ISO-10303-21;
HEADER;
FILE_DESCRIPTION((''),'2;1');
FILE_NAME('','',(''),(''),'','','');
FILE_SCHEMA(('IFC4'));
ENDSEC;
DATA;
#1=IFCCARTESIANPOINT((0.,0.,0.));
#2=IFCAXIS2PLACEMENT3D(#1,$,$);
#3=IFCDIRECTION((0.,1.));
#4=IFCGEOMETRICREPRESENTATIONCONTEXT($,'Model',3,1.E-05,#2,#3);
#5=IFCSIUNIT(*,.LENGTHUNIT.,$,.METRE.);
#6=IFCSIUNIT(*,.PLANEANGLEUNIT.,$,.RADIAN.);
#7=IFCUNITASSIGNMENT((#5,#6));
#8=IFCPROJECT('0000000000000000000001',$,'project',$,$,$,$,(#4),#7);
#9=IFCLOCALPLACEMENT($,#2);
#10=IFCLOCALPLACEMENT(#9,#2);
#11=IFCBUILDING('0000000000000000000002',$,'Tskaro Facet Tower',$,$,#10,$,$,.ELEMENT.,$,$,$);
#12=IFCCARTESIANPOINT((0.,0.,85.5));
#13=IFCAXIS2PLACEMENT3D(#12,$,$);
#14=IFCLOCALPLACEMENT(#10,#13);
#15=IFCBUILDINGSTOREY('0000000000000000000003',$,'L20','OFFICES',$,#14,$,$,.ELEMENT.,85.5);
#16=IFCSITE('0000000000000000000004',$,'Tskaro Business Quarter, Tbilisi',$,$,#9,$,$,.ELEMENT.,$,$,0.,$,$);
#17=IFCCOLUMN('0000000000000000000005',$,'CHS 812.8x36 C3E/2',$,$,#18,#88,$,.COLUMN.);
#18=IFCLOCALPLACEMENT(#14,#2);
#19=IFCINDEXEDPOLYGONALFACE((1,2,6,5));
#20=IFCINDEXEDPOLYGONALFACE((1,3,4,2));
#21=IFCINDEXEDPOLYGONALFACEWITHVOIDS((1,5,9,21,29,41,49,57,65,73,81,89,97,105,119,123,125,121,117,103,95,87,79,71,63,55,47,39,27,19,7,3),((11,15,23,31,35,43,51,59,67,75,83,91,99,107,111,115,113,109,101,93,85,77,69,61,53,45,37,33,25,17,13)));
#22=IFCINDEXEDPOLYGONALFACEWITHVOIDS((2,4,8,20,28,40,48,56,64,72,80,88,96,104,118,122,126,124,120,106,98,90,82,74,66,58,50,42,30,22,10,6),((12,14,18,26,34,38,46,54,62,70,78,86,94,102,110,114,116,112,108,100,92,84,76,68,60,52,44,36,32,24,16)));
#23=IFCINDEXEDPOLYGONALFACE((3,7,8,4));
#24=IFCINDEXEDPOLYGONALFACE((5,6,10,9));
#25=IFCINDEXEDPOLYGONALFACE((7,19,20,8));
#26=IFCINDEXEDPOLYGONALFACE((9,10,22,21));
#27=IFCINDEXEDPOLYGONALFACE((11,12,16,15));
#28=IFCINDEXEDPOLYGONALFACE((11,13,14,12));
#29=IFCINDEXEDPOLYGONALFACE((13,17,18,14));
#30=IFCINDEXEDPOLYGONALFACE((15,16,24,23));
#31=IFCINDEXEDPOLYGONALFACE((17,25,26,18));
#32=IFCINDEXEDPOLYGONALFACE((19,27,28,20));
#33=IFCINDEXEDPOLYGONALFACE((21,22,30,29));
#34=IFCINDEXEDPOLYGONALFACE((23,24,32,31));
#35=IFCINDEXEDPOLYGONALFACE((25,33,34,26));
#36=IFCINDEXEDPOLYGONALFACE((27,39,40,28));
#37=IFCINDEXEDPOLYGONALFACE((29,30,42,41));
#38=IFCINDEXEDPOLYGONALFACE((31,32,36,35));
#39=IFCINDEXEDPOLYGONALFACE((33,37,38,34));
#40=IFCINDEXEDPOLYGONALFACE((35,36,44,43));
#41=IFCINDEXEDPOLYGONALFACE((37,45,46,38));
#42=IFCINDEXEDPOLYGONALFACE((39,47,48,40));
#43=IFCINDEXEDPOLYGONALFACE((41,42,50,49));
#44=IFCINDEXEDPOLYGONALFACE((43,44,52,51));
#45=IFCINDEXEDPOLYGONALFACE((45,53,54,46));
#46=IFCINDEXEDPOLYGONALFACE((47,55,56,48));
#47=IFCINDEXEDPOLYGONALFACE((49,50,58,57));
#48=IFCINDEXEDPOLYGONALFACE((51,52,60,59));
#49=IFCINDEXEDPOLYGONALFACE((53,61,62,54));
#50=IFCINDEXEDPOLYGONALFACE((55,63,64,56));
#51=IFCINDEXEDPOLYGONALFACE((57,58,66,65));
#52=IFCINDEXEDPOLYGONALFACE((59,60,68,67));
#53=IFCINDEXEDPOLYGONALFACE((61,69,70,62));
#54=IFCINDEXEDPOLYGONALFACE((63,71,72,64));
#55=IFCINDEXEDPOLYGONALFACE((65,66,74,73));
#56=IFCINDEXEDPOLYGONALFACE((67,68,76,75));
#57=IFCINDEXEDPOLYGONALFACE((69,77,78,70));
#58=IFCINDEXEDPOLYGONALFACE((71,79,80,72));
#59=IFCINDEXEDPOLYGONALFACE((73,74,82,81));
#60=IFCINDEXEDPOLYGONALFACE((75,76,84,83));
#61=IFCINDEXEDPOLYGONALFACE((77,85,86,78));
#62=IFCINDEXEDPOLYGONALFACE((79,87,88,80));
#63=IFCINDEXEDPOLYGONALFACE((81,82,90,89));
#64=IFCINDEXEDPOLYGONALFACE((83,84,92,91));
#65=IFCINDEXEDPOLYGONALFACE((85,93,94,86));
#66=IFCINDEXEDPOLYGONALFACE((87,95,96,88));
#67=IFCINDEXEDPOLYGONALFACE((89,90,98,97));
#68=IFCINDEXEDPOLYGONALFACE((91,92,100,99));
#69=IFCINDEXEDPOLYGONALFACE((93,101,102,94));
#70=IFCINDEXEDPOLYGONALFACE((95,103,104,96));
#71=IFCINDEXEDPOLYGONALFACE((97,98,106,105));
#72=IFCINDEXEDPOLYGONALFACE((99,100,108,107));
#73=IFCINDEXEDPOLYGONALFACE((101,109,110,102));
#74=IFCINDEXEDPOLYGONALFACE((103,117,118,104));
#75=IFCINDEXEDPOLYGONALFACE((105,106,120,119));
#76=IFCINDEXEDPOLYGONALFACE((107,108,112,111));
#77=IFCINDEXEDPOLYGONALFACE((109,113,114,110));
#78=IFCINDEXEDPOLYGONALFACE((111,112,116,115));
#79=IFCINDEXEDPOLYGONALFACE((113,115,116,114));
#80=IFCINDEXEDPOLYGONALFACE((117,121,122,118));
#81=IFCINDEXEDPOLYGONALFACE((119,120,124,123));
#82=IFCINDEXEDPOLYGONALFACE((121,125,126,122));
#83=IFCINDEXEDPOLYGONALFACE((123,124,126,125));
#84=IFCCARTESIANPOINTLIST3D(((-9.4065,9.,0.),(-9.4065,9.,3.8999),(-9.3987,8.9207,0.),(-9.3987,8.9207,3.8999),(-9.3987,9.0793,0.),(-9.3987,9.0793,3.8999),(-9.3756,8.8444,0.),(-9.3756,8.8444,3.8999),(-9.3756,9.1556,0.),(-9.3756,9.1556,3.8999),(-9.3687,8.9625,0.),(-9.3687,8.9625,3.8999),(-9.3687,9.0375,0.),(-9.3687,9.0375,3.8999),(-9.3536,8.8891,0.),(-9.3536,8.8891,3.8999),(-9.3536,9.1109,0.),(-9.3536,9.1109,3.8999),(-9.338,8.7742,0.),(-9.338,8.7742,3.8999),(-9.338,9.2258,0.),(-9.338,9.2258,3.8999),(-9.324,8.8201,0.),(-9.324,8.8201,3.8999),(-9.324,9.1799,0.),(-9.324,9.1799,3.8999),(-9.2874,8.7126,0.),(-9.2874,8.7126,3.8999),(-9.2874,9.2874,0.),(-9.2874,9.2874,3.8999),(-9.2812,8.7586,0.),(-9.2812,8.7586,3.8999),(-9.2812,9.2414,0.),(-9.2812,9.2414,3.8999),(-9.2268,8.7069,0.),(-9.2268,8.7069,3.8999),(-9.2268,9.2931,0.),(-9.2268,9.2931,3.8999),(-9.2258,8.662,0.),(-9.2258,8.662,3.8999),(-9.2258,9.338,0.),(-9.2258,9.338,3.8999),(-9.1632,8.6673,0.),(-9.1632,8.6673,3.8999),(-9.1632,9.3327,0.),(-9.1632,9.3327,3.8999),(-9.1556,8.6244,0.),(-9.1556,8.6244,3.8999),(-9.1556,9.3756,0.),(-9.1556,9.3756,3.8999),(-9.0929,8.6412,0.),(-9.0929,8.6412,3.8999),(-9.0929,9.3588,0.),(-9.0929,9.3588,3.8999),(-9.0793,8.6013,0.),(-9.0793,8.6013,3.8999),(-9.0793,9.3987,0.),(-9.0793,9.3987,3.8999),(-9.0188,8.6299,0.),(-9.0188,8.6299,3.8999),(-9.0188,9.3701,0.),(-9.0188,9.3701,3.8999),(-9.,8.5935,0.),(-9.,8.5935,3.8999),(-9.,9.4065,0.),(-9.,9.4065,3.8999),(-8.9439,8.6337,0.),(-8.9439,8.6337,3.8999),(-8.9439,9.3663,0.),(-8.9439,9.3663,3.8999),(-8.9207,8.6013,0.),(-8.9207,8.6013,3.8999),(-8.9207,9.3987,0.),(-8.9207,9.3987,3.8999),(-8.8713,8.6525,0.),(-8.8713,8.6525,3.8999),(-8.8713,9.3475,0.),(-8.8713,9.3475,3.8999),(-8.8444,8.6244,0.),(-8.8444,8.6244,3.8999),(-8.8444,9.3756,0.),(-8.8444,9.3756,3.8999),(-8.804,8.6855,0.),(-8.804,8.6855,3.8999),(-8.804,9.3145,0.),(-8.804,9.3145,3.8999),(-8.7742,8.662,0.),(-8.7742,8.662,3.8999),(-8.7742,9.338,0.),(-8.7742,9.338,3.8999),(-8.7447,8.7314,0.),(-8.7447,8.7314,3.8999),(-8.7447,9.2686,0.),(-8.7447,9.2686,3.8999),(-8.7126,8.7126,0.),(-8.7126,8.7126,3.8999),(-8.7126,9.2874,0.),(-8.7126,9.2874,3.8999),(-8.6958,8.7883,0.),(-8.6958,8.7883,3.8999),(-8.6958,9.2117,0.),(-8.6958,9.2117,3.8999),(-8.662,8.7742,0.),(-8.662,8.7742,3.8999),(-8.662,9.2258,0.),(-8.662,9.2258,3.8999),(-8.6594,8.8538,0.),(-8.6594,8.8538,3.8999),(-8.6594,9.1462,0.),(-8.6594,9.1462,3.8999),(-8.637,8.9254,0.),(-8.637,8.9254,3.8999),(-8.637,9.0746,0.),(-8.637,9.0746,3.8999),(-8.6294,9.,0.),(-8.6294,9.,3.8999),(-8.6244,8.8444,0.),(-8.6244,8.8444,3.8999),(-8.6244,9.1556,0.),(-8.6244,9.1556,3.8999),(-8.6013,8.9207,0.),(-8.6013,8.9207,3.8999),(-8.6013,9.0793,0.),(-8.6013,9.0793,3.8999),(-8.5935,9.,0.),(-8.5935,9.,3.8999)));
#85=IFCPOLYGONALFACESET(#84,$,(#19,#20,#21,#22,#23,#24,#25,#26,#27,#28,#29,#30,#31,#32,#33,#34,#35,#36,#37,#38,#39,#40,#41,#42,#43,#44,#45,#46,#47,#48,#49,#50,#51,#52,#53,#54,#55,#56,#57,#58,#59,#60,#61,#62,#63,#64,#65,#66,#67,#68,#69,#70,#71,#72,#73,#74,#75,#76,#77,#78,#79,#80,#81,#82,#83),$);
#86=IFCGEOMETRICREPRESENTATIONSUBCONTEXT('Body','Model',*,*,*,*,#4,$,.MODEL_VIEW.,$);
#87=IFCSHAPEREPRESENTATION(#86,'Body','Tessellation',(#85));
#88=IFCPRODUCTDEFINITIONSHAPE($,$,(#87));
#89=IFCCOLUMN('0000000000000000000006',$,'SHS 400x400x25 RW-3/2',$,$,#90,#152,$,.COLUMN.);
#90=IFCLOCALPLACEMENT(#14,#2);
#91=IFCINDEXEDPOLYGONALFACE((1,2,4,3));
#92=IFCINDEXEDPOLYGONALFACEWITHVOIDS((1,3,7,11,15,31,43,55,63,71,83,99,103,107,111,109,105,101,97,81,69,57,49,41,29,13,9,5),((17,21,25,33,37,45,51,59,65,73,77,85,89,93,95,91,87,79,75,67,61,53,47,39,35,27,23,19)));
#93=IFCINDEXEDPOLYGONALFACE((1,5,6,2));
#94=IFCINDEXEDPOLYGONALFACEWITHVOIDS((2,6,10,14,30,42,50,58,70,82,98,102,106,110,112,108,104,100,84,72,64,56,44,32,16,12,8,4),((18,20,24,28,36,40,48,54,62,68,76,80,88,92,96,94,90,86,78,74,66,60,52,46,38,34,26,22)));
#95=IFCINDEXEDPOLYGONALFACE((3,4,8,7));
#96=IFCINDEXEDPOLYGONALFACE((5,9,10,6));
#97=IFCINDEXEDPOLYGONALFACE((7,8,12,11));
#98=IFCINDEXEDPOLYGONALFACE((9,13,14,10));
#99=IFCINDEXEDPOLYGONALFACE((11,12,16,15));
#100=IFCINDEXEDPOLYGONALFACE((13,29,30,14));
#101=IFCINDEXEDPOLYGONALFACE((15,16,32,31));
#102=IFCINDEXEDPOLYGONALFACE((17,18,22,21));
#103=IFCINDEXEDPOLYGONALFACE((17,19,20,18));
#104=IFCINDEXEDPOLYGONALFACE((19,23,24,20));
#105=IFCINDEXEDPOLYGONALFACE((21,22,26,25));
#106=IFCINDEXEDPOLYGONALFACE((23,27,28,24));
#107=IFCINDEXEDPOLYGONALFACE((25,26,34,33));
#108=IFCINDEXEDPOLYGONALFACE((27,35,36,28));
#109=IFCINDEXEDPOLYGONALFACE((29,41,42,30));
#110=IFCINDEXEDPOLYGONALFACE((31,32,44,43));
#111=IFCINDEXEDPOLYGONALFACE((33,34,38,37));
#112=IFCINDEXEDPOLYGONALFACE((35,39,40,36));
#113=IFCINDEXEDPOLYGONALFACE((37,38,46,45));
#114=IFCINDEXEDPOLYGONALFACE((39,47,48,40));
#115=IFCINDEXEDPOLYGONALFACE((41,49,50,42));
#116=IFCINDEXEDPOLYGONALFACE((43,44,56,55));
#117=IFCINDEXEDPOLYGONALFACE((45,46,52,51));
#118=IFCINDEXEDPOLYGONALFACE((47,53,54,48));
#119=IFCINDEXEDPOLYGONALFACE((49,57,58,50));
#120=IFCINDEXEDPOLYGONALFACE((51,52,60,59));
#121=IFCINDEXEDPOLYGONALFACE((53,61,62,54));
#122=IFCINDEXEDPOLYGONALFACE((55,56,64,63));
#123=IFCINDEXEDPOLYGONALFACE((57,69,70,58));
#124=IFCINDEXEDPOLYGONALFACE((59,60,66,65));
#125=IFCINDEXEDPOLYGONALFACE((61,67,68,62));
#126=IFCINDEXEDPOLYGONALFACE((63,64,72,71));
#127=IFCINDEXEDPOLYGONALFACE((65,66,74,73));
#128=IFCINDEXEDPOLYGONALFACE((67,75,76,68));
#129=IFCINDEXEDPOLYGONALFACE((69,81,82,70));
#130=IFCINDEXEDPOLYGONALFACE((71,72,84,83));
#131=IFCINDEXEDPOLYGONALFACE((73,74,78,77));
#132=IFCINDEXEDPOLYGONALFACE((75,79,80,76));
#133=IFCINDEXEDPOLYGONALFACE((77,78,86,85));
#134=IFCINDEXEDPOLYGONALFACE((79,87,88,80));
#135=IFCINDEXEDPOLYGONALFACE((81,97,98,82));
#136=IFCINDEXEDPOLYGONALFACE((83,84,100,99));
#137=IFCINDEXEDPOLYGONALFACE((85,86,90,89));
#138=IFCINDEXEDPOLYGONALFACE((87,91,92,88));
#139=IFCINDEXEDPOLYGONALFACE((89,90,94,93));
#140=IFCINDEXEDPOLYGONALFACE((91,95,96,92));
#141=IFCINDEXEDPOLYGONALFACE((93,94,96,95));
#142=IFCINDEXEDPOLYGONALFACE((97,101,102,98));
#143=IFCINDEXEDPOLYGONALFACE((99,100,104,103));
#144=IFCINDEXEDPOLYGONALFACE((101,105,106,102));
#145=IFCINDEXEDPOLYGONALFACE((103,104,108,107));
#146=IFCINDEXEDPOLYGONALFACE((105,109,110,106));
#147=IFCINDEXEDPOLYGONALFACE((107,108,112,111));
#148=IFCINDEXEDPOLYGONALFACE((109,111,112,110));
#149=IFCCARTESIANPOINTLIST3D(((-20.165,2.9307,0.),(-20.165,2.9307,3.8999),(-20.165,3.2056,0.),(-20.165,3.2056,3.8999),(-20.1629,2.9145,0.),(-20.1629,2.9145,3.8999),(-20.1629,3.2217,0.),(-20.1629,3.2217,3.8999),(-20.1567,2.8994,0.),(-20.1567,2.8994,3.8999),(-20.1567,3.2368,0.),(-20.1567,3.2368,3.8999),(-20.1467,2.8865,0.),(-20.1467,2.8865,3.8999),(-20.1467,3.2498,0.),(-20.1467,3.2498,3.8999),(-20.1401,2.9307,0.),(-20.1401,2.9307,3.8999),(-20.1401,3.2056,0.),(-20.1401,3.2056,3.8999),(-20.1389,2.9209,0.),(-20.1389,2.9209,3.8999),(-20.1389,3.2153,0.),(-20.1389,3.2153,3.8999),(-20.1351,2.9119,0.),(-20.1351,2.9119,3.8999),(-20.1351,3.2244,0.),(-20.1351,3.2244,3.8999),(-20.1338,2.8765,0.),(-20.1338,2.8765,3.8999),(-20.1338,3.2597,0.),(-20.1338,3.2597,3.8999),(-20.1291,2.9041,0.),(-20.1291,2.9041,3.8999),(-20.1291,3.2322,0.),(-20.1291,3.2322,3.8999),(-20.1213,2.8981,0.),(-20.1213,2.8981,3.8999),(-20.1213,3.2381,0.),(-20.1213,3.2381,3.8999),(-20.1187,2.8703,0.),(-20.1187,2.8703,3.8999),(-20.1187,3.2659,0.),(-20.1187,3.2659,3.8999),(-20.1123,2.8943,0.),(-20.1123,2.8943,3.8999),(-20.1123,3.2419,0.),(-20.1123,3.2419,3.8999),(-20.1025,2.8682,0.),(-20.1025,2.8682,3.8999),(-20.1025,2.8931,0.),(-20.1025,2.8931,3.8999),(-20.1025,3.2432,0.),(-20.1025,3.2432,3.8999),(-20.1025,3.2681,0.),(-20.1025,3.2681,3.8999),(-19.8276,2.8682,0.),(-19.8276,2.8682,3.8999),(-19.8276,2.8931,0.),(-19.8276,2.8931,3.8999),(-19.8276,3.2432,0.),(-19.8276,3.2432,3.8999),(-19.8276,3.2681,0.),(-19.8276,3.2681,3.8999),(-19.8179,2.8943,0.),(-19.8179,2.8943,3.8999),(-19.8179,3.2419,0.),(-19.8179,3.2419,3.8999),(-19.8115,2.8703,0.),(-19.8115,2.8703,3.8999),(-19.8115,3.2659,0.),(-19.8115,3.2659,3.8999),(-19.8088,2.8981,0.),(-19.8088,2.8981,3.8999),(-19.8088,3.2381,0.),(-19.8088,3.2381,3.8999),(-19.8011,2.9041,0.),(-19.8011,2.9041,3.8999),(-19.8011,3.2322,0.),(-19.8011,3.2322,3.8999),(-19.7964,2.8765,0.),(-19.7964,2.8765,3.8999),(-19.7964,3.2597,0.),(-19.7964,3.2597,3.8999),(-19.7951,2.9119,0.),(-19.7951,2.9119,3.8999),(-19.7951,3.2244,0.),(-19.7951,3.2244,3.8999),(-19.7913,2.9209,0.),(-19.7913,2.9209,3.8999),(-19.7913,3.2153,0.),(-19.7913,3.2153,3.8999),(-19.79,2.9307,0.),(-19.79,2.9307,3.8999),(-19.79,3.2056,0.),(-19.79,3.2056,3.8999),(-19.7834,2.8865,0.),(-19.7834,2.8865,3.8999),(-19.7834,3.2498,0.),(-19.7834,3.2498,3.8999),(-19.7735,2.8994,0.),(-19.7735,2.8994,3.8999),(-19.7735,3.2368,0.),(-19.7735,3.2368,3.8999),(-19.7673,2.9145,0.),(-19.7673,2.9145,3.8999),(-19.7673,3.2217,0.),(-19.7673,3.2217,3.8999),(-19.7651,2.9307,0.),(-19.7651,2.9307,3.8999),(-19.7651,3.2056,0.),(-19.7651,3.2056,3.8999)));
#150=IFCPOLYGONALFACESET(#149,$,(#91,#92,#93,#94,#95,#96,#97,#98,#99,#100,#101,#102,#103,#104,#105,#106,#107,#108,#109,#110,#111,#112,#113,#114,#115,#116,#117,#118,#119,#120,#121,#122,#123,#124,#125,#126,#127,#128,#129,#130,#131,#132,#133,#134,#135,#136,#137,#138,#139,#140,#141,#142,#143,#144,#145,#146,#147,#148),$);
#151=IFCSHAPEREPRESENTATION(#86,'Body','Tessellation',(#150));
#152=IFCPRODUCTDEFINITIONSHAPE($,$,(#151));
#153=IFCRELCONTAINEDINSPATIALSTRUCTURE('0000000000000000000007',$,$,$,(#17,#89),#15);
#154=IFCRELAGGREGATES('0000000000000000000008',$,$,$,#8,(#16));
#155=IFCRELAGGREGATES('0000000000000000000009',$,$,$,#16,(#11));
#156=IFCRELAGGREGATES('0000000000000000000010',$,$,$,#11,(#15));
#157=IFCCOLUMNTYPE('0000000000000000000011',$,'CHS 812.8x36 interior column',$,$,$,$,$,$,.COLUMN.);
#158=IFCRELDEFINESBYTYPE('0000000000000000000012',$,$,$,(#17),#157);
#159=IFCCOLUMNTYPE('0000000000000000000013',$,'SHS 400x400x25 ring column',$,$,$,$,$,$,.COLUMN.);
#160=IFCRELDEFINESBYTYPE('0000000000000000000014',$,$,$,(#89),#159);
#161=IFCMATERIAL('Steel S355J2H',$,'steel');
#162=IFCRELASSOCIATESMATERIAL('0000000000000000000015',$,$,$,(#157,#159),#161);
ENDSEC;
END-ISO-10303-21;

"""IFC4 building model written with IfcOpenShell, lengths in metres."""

from ifc_helpers import new_model, si_unit, direction, frame, origin, origin_2d, place, context, subcontext, project, spatial, hollow_rectangle, hollow_circle, extrude, material, material_profile, profile_set, type_object, element, save


model = new_model("IFC4")

# Units and contexts
model_context = context("Model", 3, precision=1e-05, world=origin(), true_north=direction((0.0, 1.0)))
body_context = subcontext(model_context, "Body", "Model", "MODEL_VIEW")
ifc_project = project(units=[si_unit("LENGTHUNIT", "METRE"), si_unit("PLANEANGLEUNIT", "RADIAN")], contexts=[model_context])

# Site, building, storey
site_placement = place(None, origin())
site = spatial("IfcSite", under=ifc_project, at=site_placement, Name="Tskaro Business Quarter, Tbilisi", CompositionType="ELEMENT", RefElevation=0.0)
building_placement = place(site_placement, origin())
building = spatial("IfcBuilding", under=site, at=building_placement, Name="Tskaro Facet Tower", CompositionType="ELEMENT")
storey_placement = place(building_placement, frame((0.0, 0.0, 85.5)))
storey = spatial("IfcBuildingStorey", under=building, at=storey_placement, Name="L20", Description="OFFICES", CompositionType="ELEMENT", Elevation=85.5)

# Columns
ifc_material_1 = material(Name="Steel S355J2H", Category="steel")
ifc_material_profile_1 = material_profile(ifc_material_1, hollow_circle(Radius=0.4065, WallThickness=0.0359, at=origin_2d()), Name="CHS 812.8x36")
ifc_profile_set_1 = profile_set([ifc_material_profile_1], Name="Steel S355J2H")
column_type_1 = type_object("IfcColumnType", Name="CHS 812.8x36 interior column", PredefinedType="COLUMN", material=ifc_profile_set_1)
column_1_placement = place(storey_placement, frame((-9.0, 9.0, 0.0), z_axis=(0.0, 0.0, 1.0), x_axis=(1.0, 0.0, 0.0)))
element("IfcColumn", 1, at=column_1_placement, inside=storey, type_object=column_type_1, Name="CHS 812.8x36 C3E/2", PredefinedType="COLUMN", context=body_context, shape_type="SweptSolid", body=[
    extrude(hollow_circle(Radius=0.4065, WallThickness=0.0359, at=origin_2d()), origin(), (0.0, 0.0, 1.0), 3.8999),
])
ifc_material_profile_2 = material_profile(ifc_material_1, hollow_rectangle(XDim=0.3999, YDim=0.3999, WallThickness=0.0249, InnerFilletRadius=0.0376, OuterFilletRadius=0.0625, at=origin_2d()), Name="SHS 400x400x25")
ifc_profile_set_2 = profile_set([ifc_material_profile_2], Name="Steel S355J2H")
column_type_2 = type_object("IfcColumnType", Name="SHS 400x400x25 ring column", PredefinedType="COLUMN", material=ifc_profile_set_2)
column_2_placement = place(storey_placement, frame((-19.9651, 3.0681, 0.0), z_axis=(0.0, 0.0, 1.0), x_axis=(1.0, 0.0, 0.0)))
element("IfcColumn", 2, at=column_2_placement, inside=storey, type_object=column_type_2, Name="SHS 400x400x25 RW-3/2", PredefinedType="COLUMN", context=body_context, shape_type="SweptSolid", body=[
    extrude(hollow_rectangle(XDim=0.3999, YDim=0.3999, WallThickness=0.0249, InnerFilletRadius=0.0376, OuterFilletRadius=0.0625, at=origin_2d()), origin(), (0.0, 0.0, 1.0), 3.8999),
])

save(model, "model.ifc")
